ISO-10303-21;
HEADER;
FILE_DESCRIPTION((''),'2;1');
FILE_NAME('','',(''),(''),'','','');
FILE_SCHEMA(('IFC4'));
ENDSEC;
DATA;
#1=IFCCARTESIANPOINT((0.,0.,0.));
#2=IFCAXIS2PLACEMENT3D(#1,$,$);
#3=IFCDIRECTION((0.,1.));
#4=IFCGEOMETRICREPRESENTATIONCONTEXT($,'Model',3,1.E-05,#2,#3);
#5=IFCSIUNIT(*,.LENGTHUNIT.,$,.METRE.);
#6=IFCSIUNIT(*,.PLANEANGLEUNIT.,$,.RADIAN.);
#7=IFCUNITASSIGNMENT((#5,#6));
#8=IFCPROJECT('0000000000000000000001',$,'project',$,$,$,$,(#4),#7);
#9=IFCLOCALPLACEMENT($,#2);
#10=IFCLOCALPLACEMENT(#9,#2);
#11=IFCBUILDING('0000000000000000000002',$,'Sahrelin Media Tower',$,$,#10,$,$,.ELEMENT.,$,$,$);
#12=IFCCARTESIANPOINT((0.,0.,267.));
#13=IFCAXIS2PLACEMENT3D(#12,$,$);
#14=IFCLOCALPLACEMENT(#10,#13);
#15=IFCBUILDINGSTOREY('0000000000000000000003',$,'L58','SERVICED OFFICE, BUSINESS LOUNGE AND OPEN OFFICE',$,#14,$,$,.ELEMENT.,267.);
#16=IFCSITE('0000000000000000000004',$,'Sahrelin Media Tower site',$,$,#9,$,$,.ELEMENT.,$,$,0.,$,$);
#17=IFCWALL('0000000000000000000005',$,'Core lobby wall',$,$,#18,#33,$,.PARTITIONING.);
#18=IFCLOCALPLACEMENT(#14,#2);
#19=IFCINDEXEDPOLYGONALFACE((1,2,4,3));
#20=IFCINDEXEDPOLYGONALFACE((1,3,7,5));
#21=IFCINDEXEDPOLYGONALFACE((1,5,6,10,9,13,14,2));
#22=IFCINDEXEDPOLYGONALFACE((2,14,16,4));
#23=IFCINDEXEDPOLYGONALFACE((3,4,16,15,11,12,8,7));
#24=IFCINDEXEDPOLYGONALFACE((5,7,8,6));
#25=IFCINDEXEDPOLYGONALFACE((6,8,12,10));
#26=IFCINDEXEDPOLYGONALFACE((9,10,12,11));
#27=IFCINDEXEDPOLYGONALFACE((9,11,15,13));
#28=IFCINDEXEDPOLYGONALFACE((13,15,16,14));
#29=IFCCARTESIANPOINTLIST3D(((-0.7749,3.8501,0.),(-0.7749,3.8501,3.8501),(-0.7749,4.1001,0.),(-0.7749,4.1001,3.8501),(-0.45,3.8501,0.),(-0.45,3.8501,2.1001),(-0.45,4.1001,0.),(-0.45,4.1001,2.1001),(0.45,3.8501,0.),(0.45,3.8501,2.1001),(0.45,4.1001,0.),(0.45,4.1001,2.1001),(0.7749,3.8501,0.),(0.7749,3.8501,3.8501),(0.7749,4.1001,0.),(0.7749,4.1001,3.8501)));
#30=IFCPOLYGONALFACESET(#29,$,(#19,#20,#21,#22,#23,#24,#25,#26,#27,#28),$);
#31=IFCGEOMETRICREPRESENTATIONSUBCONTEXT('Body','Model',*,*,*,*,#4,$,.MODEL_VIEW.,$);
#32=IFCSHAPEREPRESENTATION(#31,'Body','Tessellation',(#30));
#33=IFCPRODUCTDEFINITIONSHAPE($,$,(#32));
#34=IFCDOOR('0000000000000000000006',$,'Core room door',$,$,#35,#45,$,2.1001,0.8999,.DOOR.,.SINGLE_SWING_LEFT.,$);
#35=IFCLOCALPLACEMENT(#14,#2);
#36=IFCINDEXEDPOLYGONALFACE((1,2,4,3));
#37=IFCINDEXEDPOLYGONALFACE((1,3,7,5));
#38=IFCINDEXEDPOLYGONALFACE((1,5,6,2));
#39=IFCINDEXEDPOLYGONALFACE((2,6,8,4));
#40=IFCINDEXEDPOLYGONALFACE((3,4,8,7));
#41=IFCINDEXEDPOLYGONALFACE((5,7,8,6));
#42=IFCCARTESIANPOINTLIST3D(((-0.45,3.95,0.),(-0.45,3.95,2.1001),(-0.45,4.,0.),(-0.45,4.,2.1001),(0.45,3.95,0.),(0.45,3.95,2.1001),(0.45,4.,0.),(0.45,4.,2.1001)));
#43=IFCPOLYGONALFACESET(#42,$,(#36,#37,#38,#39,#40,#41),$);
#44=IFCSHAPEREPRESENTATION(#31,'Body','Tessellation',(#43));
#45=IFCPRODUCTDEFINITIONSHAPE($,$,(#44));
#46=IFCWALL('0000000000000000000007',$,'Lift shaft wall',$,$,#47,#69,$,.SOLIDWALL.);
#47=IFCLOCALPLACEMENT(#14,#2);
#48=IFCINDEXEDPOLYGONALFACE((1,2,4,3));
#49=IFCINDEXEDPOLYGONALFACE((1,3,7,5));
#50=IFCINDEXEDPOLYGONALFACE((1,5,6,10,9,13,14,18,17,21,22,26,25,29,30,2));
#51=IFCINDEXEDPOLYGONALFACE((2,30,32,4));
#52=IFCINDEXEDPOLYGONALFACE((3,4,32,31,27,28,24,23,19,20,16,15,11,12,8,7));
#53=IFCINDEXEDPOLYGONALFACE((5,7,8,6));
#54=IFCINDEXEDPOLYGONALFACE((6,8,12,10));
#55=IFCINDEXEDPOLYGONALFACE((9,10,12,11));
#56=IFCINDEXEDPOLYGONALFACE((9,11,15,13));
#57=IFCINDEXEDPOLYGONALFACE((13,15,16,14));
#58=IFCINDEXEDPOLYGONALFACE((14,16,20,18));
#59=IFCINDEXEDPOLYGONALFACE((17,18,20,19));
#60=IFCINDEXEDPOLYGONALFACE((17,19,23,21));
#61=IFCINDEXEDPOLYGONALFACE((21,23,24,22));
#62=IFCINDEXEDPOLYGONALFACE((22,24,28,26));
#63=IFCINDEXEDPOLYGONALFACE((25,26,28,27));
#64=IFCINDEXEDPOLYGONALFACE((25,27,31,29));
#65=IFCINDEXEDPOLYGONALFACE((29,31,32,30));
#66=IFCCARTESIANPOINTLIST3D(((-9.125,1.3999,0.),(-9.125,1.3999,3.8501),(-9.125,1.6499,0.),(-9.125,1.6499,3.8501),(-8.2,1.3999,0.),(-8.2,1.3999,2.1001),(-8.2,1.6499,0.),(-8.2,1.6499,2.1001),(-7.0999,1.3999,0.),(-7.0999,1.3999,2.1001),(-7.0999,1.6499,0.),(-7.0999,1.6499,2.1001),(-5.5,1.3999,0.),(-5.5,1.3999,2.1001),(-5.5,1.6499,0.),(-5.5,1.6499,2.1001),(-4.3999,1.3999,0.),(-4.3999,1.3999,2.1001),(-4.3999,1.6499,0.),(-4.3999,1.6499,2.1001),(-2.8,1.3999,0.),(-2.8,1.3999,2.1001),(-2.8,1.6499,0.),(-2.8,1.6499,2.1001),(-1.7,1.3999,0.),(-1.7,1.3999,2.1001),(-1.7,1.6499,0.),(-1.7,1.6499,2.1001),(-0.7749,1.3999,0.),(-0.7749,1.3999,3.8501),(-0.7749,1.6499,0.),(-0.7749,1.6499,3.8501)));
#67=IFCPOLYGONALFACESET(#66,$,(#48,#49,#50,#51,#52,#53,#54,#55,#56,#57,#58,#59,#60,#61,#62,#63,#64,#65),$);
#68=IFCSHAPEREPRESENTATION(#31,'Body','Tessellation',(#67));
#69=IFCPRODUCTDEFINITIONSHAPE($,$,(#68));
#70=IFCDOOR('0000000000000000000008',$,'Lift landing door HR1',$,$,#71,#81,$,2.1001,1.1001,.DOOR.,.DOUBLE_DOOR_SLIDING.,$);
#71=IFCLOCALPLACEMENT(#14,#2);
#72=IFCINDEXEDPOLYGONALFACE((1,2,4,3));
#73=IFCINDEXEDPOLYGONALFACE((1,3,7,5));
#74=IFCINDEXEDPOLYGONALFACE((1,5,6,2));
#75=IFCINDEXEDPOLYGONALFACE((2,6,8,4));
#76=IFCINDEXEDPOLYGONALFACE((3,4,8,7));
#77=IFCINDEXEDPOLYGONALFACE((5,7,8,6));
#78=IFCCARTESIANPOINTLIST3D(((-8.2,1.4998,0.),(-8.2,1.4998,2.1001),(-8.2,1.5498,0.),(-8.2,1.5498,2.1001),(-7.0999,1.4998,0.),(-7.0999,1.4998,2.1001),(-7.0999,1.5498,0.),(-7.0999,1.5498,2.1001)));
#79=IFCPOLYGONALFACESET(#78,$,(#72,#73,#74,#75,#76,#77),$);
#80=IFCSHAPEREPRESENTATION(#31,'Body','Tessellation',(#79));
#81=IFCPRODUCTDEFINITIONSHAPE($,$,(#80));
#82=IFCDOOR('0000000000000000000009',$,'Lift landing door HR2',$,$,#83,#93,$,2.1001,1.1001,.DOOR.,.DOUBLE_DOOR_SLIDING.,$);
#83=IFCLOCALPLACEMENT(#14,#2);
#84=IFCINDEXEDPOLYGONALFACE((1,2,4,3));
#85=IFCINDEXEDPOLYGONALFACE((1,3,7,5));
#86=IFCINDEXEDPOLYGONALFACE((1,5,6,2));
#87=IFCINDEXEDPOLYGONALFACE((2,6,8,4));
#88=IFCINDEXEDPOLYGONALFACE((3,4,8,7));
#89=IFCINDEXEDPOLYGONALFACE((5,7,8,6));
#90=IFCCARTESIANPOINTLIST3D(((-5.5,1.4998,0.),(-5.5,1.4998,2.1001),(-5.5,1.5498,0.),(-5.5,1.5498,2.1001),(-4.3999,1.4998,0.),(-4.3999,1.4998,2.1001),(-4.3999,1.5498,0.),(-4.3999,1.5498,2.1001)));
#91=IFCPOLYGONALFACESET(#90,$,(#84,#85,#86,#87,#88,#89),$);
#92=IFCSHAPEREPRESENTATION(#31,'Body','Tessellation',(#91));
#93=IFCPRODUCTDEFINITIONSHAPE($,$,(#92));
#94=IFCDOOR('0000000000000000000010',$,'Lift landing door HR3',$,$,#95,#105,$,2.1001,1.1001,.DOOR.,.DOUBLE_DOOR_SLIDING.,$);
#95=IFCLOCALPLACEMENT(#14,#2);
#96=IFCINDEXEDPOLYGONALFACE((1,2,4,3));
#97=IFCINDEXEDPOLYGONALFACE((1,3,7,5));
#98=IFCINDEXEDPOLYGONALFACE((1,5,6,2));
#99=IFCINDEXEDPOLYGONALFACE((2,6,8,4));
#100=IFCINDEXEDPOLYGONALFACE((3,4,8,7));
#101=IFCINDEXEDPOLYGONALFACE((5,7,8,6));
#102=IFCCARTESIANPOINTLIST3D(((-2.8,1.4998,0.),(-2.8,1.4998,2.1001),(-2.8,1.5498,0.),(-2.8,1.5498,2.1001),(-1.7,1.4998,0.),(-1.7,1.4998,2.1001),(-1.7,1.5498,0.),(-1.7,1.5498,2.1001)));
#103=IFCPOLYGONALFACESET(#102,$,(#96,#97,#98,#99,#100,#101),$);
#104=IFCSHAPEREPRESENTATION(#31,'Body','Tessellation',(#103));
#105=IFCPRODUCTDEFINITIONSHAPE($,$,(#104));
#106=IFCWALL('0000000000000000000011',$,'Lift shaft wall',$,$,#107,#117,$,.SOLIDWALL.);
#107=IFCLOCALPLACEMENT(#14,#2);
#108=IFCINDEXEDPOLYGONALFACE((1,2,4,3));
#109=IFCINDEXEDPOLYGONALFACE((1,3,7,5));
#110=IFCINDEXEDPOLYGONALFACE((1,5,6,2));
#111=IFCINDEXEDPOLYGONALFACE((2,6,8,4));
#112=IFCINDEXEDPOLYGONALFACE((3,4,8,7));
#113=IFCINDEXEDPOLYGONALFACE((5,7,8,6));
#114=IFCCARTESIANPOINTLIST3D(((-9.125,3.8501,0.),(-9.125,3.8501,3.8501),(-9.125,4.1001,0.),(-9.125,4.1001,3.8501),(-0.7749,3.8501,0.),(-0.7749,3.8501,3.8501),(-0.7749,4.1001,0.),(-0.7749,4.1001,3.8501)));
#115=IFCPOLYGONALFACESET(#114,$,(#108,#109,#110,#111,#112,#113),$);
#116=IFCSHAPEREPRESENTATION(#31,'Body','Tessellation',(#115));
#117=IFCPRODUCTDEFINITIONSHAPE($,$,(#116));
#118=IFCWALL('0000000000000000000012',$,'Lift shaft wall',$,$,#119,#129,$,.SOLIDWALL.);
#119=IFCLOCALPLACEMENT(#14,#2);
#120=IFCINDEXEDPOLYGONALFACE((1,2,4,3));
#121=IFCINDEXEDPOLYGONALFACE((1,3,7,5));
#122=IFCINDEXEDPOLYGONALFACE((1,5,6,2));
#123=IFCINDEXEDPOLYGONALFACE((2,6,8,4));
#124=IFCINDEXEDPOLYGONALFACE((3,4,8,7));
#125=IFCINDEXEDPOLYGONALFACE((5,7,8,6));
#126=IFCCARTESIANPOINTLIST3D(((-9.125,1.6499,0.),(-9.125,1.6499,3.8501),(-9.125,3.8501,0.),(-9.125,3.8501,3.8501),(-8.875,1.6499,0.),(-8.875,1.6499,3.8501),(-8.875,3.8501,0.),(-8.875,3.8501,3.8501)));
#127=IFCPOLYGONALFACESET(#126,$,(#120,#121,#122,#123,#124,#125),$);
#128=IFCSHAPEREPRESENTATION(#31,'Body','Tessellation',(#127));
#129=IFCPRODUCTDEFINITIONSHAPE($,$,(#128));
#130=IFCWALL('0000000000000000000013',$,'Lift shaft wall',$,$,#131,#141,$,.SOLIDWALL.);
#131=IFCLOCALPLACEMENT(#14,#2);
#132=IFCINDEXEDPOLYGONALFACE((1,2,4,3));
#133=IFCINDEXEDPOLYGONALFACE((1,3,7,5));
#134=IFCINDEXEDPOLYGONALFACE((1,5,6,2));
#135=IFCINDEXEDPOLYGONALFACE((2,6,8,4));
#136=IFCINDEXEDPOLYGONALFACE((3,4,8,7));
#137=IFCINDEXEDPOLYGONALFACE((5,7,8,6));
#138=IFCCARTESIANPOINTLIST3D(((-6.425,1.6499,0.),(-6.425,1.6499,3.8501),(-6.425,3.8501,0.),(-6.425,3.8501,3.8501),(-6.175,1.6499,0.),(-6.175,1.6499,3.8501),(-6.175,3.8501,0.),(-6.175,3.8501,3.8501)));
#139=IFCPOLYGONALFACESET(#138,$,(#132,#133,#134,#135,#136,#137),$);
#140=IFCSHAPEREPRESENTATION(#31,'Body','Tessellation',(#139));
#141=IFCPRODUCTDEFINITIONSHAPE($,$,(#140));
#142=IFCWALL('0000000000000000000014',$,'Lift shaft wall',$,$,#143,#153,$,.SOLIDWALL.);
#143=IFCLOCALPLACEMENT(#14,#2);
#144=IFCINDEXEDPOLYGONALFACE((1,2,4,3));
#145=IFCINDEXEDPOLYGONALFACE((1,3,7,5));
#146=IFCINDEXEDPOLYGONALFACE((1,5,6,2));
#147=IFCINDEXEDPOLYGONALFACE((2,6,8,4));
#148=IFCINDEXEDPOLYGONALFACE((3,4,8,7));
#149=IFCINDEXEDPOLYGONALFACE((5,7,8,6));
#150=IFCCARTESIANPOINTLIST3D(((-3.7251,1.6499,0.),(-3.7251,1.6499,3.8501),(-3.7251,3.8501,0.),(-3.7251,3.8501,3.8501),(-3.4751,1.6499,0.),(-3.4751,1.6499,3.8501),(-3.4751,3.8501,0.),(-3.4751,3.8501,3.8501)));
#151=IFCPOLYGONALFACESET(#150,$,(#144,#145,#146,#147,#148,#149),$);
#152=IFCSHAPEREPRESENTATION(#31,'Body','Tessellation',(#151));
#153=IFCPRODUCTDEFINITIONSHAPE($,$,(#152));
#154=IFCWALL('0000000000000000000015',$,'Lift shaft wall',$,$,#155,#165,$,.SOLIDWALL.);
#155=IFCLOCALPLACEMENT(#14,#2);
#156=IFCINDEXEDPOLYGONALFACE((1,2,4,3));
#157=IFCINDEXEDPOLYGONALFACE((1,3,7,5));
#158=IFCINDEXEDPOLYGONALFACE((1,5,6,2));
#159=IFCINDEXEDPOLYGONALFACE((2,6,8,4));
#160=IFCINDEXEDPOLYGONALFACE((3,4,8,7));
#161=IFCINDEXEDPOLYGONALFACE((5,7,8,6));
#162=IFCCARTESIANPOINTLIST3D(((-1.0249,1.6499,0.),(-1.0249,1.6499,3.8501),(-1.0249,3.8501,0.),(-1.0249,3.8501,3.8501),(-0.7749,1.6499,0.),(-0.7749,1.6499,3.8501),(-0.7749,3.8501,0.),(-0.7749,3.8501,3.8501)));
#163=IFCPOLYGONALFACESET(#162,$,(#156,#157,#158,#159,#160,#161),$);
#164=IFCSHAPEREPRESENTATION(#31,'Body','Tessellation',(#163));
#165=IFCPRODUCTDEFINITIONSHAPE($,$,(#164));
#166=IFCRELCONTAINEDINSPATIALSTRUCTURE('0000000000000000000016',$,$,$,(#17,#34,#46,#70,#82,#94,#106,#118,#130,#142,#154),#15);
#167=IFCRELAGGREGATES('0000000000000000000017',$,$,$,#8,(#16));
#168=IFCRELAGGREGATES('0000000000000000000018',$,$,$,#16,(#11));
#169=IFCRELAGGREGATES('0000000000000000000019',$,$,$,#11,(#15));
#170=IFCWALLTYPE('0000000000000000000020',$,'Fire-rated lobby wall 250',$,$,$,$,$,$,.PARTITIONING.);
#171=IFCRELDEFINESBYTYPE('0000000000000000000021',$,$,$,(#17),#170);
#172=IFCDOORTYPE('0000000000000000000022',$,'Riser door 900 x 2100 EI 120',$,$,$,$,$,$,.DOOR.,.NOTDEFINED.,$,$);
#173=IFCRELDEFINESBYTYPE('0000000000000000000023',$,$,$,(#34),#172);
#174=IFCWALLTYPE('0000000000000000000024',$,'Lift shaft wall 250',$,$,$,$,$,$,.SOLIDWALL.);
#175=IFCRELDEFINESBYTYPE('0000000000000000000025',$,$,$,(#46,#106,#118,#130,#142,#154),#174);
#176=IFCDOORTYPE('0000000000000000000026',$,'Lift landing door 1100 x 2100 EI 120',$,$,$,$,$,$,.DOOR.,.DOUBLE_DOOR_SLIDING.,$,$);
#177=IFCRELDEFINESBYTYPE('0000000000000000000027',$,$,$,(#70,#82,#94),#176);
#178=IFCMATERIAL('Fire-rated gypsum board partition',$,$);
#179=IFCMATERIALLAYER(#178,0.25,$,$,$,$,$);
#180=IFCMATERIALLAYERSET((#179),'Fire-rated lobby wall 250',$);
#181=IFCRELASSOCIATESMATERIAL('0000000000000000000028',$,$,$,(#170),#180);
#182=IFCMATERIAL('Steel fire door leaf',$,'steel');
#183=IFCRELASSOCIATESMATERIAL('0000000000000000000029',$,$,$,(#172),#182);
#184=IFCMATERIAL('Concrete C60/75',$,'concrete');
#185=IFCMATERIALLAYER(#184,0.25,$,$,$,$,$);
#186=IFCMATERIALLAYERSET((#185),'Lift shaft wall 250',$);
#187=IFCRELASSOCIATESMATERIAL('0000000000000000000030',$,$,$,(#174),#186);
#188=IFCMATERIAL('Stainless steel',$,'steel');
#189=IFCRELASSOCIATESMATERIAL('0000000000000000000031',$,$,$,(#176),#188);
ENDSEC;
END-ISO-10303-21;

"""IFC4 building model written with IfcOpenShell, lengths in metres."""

from ifc_helpers import new_model, si_unit, direction, frame, frame_2d, origin, place, context, subcontext, project, spatial, rectangle, extrude, material, layer, layer_set, type_object, element, fill, save


model = new_model("IFC4")

# Units and contexts
model_context = context("Model", 3, precision=1e-05, world=origin(), true_north=direction((0.0, 1.0)))
body_context = subcontext(model_context, "Body", "Model", "MODEL_VIEW")
ifc_project = project(units=[si_unit("LENGTHUNIT", "METRE"), si_unit("PLANEANGLEUNIT", "RADIAN")], contexts=[model_context])

# Site, building, storey
site_placement = place(None, origin())
site = spatial("IfcSite", under=ifc_project, at=site_placement, Name="Sahrelin Media Tower site", CompositionType="ELEMENT", RefElevation=0.0)
building_placement = place(site_placement, origin())
building = spatial("IfcBuilding", under=site, at=building_placement, Name="Sahrelin Media Tower", CompositionType="ELEMENT")
storey_placement = place(building_placement, frame((0.0, 0.0, 267.0)))
storey = spatial("IfcBuildingStorey", under=building, at=storey_placement, Name="L58", Description="SERVICED OFFICE, BUSINESS LOUNGE AND OPEN OFFICE", CompositionType="ELEMENT", Elevation=267.0)

# Shared definitions
ifc_material_1 = material(Name="Concrete C60/75", Category="concrete")

# Wall, opening, door
ifc_material_2 = material(Name="Fire-rated gypsum board partition")
ifc_layer_1 = layer(ifc_material_2, 0.25)
ifc_layer_set_1 = layer_set([ifc_layer_1], Name="Fire-rated lobby wall 250")
wall_type_1 = type_object("IfcWallType", Name="Fire-rated lobby wall 250", PredefinedType="PARTITIONING", material=ifc_layer_set_1)
wall_1_placement = place(storey_placement, frame((-0.7749, 3.9751, 0.0), z_axis=(0.0, 0.0, 1.0), x_axis=(1.0, 0.0, 0.0)))
wall_1 = element("IfcWall", 1, at=wall_1_placement, inside=storey, type_object=wall_type_1, Name="Core lobby wall", PredefinedType="PARTITIONING", context=body_context, shape_type="SweptSolid", body=[
    extrude(rectangle(XDim=1.5498, YDim=0.25, at=frame_2d((0.7749, 0.0))), origin(), (0.0, 0.0, 1.0), 3.8501),
])
opening_1_placement = place(wall_1_placement, frame((0.325, 0.0, 0.0)))
opening_1 = element("IfcOpeningElement", 2, at=opening_1_placement, cuts=wall_1, PredefinedType="OPENING", context=body_context, shape_type="SweptSolid", body=[
    extrude(rectangle(XDim=0.8999, YDim=2.1001, at=frame_2d((0.45, 1.05))), frame((0.0, 0.125, 0.0), z_axis=(0.0, -1.0, 0.0), x_axis=(1.0, 0.0, 0.0)), (0.0, 0.0, 1.0), 0.25),
])
ifc_material_3 = material(Name="Steel fire door leaf", Category="steel")
door_type_1 = type_object("IfcDoorType", Name="Riser door 900 x 2100 EI 120", OperationType="NOTDEFINED", PredefinedType="DOOR", material=ifc_material_3)
door_1_placement = place(opening_1_placement, origin())
door_1 = element("IfcDoor", 3, at=door_1_placement, inside=storey, type_object=door_type_1, Name="Core room door", OperationType="SINGLE_SWING_LEFT", OverallHeight=2.1001, OverallWidth=0.8999, PredefinedType="DOOR", context=body_context, shape_type="SweptSolid", body=[
    extrude(rectangle(XDim=0.8999, YDim=2.1001, at=frame_2d((0.45, 1.05))), frame((0.0, 0.0249, 0.0), z_axis=(0.0, -1.0, 0.0), x_axis=(1.0, 0.0, 0.0)), (0.0, 0.0, 1.0), 0.05),
])
fill(opening_1, door_1)

# Wall, openings, doors
ifc_layer_2 = layer(ifc_material_1, 0.25)
ifc_layer_set_2 = layer_set([ifc_layer_2], Name="Lift shaft wall 250")
wall_type_2 = type_object("IfcWallType", Name="Lift shaft wall 250", PredefinedType="SOLIDWALL", material=ifc_layer_set_2)
wall_2_placement = place(storey_placement, frame((-9.125, 1.5249, 0.0), z_axis=(0.0, 0.0, 1.0), x_axis=(1.0, 0.0, 0.0)))
wall_2 = element("IfcWall", 4, at=wall_2_placement, inside=storey, type_object=wall_type_2, Name="Lift shaft wall", PredefinedType="SOLIDWALL", context=body_context, shape_type="SweptSolid", body=[
    extrude(rectangle(XDim=8.3501, YDim=0.25, at=frame_2d((4.175, 0.0))), origin(), (0.0, 0.0, 1.0), 3.8501),
])
opening_2_placement = place(wall_2_placement, frame((0.925, 0.0, 0.0)))
opening_2 = element("IfcOpeningElement", 5, at=opening_2_placement, cuts=wall_2, PredefinedType="OPENING", context=body_context, shape_type="SweptSolid", body=[
    extrude(rectangle(XDim=1.1001, YDim=2.1001, at=frame_2d((0.55, 1.05))), frame((0.0, 0.125, 0.0), z_axis=(0.0, -1.0, 0.0), x_axis=(1.0, 0.0, 0.0)), (0.0, 0.0, 1.0), 0.25),
])
opening_3_placement = place(wall_2_placement, frame((3.625, 0.0, 0.0)))
opening_3 = element("IfcOpeningElement", 6, at=opening_3_placement, cuts=wall_2, PredefinedType="OPENING", context=body_context, shape_type="SweptSolid", body=[
    extrude(rectangle(XDim=1.1001, YDim=2.1001, at=frame_2d((0.55, 1.05))), frame((0.0, 0.125, 0.0), z_axis=(0.0, -1.0, 0.0), x_axis=(1.0, 0.0, 0.0)), (0.0, 0.0, 1.0), 0.25),
])
opening_4_placement = place(wall_2_placement, frame((6.325, 0.0, 0.0)))
opening_4 = element("IfcOpeningElement", 7, at=opening_4_placement, cuts=wall_2, PredefinedType="OPENING", context=body_context, shape_type="SweptSolid", body=[
    extrude(rectangle(XDim=1.1001, YDim=2.1001, at=frame_2d((0.55, 1.05))), frame((0.0, 0.125, 0.0), z_axis=(0.0, -1.0, 0.0), x_axis=(1.0, 0.0, 0.0)), (0.0, 0.0, 1.0), 0.25),
])
ifc_material_4 = material(Name="Stainless steel", Category="steel")
door_type_2 = type_object("IfcDoorType", Name="Lift landing door 1100 x 2100 EI 120", OperationType="DOUBLE_DOOR_SLIDING", PredefinedType="DOOR", material=ifc_material_4)
door_2_placement = place(opening_2_placement, origin())
door_2 = element("IfcDoor", 8, at=door_2_placement, inside=storey, type_object=door_type_2, Name="Lift landing door HR1", OperationType="DOUBLE_DOOR_SLIDING", OverallHeight=2.1001, OverallWidth=1.1001, PredefinedType="DOOR", context=body_context, shape_type="SweptSolid", body=[
    extrude(rectangle(XDim=1.1001, YDim=2.1001, at=frame_2d((0.55, 1.05))), frame((0.0, 0.0249, 0.0), z_axis=(0.0, -1.0, 0.0), x_axis=(1.0, 0.0, 0.0)), (0.0, 0.0, 1.0), 0.05),
])
fill(opening_2, door_2)
door_3_placement = place(opening_3_placement, origin())
door_3 = element("IfcDoor", 9, at=door_3_placement, inside=storey, type_object=door_type_2, Name="Lift landing door HR2", OperationType="DOUBLE_DOOR_SLIDING", OverallHeight=2.1001, OverallWidth=1.1001, PredefinedType="DOOR", context=body_context, shape_type="SweptSolid", body=[
    extrude(rectangle(XDim=1.1001, YDim=2.1001, at=frame_2d((0.55, 1.05))), frame((0.0, 0.0249, 0.0), z_axis=(0.0, -1.0, 0.0), x_axis=(1.0, 0.0, 0.0)), (0.0, 0.0, 1.0), 0.05),
])
fill(opening_3, door_3)
door_4_placement = place(opening_4_placement, origin())
door_4 = element("IfcDoor", 10, at=door_4_placement, inside=storey, type_object=door_type_2, Name="Lift landing door HR3", OperationType="DOUBLE_DOOR_SLIDING", OverallHeight=2.1001, OverallWidth=1.1001, PredefinedType="DOOR", context=body_context, shape_type="SweptSolid", body=[
    extrude(rectangle(XDim=1.1001, YDim=2.1001, at=frame_2d((0.55, 1.05))), frame((0.0, 0.0249, 0.0), z_axis=(0.0, -1.0, 0.0), x_axis=(1.0, 0.0, 0.0)), (0.0, 0.0, 1.0), 0.05),
])
fill(opening_4, door_4)

# Walls
wall_3_placement = place(storey_placement, frame((-9.125, 3.9751, 0.0), z_axis=(0.0, 0.0, 1.0), x_axis=(1.0, 0.0, 0.0)))
element("IfcWall", 11, at=wall_3_placement, inside=storey, type_object=wall_type_2, Name="Lift shaft wall", PredefinedType="SOLIDWALL", context=body_context, shape_type="SweptSolid", body=[
    extrude(rectangle(XDim=8.3501, YDim=0.25, at=frame_2d((4.175, 0.0))), origin(), (0.0, 0.0, 1.0), 3.8501),
])
for number, where, z_axis, x_axis, name in (
    (12, (-9.0, 1.6499, 0.0), (0.0, 0.0, 1.0), (0.0, 1.0, 0.0), "Lift shaft wall"),
    (13, (-6.3, 1.6499, 0.0), (0.0, 0.0, 1.0), (0.0, 1.0, 0.0), "Lift shaft wall"),
    (14, (-3.6001, 1.6499, 0.0), (0.0, 0.0, 1.0), (0.0, 1.0, 0.0), "Lift shaft wall"),
    (15, (-0.8999, 1.6499, 0.0), (0.0, 0.0, 1.0), (0.0, 1.0, 0.0), "Lift shaft wall"),
):
    element("IfcWall", number, at=place(storey_placement, frame(where, z_axis=z_axis, x_axis=x_axis)), inside=storey, type_object=wall_type_2, Name=name, PredefinedType="SOLIDWALL", context=body_context, shape_type="SweptSolid", body=[
        extrude(rectangle(XDim=2.2002, YDim=0.25, at=frame_2d((1.1001, 0.0))), origin(), (0.0, 0.0, 1.0), 3.8501),
    ])

save(model, "model.ifc")
